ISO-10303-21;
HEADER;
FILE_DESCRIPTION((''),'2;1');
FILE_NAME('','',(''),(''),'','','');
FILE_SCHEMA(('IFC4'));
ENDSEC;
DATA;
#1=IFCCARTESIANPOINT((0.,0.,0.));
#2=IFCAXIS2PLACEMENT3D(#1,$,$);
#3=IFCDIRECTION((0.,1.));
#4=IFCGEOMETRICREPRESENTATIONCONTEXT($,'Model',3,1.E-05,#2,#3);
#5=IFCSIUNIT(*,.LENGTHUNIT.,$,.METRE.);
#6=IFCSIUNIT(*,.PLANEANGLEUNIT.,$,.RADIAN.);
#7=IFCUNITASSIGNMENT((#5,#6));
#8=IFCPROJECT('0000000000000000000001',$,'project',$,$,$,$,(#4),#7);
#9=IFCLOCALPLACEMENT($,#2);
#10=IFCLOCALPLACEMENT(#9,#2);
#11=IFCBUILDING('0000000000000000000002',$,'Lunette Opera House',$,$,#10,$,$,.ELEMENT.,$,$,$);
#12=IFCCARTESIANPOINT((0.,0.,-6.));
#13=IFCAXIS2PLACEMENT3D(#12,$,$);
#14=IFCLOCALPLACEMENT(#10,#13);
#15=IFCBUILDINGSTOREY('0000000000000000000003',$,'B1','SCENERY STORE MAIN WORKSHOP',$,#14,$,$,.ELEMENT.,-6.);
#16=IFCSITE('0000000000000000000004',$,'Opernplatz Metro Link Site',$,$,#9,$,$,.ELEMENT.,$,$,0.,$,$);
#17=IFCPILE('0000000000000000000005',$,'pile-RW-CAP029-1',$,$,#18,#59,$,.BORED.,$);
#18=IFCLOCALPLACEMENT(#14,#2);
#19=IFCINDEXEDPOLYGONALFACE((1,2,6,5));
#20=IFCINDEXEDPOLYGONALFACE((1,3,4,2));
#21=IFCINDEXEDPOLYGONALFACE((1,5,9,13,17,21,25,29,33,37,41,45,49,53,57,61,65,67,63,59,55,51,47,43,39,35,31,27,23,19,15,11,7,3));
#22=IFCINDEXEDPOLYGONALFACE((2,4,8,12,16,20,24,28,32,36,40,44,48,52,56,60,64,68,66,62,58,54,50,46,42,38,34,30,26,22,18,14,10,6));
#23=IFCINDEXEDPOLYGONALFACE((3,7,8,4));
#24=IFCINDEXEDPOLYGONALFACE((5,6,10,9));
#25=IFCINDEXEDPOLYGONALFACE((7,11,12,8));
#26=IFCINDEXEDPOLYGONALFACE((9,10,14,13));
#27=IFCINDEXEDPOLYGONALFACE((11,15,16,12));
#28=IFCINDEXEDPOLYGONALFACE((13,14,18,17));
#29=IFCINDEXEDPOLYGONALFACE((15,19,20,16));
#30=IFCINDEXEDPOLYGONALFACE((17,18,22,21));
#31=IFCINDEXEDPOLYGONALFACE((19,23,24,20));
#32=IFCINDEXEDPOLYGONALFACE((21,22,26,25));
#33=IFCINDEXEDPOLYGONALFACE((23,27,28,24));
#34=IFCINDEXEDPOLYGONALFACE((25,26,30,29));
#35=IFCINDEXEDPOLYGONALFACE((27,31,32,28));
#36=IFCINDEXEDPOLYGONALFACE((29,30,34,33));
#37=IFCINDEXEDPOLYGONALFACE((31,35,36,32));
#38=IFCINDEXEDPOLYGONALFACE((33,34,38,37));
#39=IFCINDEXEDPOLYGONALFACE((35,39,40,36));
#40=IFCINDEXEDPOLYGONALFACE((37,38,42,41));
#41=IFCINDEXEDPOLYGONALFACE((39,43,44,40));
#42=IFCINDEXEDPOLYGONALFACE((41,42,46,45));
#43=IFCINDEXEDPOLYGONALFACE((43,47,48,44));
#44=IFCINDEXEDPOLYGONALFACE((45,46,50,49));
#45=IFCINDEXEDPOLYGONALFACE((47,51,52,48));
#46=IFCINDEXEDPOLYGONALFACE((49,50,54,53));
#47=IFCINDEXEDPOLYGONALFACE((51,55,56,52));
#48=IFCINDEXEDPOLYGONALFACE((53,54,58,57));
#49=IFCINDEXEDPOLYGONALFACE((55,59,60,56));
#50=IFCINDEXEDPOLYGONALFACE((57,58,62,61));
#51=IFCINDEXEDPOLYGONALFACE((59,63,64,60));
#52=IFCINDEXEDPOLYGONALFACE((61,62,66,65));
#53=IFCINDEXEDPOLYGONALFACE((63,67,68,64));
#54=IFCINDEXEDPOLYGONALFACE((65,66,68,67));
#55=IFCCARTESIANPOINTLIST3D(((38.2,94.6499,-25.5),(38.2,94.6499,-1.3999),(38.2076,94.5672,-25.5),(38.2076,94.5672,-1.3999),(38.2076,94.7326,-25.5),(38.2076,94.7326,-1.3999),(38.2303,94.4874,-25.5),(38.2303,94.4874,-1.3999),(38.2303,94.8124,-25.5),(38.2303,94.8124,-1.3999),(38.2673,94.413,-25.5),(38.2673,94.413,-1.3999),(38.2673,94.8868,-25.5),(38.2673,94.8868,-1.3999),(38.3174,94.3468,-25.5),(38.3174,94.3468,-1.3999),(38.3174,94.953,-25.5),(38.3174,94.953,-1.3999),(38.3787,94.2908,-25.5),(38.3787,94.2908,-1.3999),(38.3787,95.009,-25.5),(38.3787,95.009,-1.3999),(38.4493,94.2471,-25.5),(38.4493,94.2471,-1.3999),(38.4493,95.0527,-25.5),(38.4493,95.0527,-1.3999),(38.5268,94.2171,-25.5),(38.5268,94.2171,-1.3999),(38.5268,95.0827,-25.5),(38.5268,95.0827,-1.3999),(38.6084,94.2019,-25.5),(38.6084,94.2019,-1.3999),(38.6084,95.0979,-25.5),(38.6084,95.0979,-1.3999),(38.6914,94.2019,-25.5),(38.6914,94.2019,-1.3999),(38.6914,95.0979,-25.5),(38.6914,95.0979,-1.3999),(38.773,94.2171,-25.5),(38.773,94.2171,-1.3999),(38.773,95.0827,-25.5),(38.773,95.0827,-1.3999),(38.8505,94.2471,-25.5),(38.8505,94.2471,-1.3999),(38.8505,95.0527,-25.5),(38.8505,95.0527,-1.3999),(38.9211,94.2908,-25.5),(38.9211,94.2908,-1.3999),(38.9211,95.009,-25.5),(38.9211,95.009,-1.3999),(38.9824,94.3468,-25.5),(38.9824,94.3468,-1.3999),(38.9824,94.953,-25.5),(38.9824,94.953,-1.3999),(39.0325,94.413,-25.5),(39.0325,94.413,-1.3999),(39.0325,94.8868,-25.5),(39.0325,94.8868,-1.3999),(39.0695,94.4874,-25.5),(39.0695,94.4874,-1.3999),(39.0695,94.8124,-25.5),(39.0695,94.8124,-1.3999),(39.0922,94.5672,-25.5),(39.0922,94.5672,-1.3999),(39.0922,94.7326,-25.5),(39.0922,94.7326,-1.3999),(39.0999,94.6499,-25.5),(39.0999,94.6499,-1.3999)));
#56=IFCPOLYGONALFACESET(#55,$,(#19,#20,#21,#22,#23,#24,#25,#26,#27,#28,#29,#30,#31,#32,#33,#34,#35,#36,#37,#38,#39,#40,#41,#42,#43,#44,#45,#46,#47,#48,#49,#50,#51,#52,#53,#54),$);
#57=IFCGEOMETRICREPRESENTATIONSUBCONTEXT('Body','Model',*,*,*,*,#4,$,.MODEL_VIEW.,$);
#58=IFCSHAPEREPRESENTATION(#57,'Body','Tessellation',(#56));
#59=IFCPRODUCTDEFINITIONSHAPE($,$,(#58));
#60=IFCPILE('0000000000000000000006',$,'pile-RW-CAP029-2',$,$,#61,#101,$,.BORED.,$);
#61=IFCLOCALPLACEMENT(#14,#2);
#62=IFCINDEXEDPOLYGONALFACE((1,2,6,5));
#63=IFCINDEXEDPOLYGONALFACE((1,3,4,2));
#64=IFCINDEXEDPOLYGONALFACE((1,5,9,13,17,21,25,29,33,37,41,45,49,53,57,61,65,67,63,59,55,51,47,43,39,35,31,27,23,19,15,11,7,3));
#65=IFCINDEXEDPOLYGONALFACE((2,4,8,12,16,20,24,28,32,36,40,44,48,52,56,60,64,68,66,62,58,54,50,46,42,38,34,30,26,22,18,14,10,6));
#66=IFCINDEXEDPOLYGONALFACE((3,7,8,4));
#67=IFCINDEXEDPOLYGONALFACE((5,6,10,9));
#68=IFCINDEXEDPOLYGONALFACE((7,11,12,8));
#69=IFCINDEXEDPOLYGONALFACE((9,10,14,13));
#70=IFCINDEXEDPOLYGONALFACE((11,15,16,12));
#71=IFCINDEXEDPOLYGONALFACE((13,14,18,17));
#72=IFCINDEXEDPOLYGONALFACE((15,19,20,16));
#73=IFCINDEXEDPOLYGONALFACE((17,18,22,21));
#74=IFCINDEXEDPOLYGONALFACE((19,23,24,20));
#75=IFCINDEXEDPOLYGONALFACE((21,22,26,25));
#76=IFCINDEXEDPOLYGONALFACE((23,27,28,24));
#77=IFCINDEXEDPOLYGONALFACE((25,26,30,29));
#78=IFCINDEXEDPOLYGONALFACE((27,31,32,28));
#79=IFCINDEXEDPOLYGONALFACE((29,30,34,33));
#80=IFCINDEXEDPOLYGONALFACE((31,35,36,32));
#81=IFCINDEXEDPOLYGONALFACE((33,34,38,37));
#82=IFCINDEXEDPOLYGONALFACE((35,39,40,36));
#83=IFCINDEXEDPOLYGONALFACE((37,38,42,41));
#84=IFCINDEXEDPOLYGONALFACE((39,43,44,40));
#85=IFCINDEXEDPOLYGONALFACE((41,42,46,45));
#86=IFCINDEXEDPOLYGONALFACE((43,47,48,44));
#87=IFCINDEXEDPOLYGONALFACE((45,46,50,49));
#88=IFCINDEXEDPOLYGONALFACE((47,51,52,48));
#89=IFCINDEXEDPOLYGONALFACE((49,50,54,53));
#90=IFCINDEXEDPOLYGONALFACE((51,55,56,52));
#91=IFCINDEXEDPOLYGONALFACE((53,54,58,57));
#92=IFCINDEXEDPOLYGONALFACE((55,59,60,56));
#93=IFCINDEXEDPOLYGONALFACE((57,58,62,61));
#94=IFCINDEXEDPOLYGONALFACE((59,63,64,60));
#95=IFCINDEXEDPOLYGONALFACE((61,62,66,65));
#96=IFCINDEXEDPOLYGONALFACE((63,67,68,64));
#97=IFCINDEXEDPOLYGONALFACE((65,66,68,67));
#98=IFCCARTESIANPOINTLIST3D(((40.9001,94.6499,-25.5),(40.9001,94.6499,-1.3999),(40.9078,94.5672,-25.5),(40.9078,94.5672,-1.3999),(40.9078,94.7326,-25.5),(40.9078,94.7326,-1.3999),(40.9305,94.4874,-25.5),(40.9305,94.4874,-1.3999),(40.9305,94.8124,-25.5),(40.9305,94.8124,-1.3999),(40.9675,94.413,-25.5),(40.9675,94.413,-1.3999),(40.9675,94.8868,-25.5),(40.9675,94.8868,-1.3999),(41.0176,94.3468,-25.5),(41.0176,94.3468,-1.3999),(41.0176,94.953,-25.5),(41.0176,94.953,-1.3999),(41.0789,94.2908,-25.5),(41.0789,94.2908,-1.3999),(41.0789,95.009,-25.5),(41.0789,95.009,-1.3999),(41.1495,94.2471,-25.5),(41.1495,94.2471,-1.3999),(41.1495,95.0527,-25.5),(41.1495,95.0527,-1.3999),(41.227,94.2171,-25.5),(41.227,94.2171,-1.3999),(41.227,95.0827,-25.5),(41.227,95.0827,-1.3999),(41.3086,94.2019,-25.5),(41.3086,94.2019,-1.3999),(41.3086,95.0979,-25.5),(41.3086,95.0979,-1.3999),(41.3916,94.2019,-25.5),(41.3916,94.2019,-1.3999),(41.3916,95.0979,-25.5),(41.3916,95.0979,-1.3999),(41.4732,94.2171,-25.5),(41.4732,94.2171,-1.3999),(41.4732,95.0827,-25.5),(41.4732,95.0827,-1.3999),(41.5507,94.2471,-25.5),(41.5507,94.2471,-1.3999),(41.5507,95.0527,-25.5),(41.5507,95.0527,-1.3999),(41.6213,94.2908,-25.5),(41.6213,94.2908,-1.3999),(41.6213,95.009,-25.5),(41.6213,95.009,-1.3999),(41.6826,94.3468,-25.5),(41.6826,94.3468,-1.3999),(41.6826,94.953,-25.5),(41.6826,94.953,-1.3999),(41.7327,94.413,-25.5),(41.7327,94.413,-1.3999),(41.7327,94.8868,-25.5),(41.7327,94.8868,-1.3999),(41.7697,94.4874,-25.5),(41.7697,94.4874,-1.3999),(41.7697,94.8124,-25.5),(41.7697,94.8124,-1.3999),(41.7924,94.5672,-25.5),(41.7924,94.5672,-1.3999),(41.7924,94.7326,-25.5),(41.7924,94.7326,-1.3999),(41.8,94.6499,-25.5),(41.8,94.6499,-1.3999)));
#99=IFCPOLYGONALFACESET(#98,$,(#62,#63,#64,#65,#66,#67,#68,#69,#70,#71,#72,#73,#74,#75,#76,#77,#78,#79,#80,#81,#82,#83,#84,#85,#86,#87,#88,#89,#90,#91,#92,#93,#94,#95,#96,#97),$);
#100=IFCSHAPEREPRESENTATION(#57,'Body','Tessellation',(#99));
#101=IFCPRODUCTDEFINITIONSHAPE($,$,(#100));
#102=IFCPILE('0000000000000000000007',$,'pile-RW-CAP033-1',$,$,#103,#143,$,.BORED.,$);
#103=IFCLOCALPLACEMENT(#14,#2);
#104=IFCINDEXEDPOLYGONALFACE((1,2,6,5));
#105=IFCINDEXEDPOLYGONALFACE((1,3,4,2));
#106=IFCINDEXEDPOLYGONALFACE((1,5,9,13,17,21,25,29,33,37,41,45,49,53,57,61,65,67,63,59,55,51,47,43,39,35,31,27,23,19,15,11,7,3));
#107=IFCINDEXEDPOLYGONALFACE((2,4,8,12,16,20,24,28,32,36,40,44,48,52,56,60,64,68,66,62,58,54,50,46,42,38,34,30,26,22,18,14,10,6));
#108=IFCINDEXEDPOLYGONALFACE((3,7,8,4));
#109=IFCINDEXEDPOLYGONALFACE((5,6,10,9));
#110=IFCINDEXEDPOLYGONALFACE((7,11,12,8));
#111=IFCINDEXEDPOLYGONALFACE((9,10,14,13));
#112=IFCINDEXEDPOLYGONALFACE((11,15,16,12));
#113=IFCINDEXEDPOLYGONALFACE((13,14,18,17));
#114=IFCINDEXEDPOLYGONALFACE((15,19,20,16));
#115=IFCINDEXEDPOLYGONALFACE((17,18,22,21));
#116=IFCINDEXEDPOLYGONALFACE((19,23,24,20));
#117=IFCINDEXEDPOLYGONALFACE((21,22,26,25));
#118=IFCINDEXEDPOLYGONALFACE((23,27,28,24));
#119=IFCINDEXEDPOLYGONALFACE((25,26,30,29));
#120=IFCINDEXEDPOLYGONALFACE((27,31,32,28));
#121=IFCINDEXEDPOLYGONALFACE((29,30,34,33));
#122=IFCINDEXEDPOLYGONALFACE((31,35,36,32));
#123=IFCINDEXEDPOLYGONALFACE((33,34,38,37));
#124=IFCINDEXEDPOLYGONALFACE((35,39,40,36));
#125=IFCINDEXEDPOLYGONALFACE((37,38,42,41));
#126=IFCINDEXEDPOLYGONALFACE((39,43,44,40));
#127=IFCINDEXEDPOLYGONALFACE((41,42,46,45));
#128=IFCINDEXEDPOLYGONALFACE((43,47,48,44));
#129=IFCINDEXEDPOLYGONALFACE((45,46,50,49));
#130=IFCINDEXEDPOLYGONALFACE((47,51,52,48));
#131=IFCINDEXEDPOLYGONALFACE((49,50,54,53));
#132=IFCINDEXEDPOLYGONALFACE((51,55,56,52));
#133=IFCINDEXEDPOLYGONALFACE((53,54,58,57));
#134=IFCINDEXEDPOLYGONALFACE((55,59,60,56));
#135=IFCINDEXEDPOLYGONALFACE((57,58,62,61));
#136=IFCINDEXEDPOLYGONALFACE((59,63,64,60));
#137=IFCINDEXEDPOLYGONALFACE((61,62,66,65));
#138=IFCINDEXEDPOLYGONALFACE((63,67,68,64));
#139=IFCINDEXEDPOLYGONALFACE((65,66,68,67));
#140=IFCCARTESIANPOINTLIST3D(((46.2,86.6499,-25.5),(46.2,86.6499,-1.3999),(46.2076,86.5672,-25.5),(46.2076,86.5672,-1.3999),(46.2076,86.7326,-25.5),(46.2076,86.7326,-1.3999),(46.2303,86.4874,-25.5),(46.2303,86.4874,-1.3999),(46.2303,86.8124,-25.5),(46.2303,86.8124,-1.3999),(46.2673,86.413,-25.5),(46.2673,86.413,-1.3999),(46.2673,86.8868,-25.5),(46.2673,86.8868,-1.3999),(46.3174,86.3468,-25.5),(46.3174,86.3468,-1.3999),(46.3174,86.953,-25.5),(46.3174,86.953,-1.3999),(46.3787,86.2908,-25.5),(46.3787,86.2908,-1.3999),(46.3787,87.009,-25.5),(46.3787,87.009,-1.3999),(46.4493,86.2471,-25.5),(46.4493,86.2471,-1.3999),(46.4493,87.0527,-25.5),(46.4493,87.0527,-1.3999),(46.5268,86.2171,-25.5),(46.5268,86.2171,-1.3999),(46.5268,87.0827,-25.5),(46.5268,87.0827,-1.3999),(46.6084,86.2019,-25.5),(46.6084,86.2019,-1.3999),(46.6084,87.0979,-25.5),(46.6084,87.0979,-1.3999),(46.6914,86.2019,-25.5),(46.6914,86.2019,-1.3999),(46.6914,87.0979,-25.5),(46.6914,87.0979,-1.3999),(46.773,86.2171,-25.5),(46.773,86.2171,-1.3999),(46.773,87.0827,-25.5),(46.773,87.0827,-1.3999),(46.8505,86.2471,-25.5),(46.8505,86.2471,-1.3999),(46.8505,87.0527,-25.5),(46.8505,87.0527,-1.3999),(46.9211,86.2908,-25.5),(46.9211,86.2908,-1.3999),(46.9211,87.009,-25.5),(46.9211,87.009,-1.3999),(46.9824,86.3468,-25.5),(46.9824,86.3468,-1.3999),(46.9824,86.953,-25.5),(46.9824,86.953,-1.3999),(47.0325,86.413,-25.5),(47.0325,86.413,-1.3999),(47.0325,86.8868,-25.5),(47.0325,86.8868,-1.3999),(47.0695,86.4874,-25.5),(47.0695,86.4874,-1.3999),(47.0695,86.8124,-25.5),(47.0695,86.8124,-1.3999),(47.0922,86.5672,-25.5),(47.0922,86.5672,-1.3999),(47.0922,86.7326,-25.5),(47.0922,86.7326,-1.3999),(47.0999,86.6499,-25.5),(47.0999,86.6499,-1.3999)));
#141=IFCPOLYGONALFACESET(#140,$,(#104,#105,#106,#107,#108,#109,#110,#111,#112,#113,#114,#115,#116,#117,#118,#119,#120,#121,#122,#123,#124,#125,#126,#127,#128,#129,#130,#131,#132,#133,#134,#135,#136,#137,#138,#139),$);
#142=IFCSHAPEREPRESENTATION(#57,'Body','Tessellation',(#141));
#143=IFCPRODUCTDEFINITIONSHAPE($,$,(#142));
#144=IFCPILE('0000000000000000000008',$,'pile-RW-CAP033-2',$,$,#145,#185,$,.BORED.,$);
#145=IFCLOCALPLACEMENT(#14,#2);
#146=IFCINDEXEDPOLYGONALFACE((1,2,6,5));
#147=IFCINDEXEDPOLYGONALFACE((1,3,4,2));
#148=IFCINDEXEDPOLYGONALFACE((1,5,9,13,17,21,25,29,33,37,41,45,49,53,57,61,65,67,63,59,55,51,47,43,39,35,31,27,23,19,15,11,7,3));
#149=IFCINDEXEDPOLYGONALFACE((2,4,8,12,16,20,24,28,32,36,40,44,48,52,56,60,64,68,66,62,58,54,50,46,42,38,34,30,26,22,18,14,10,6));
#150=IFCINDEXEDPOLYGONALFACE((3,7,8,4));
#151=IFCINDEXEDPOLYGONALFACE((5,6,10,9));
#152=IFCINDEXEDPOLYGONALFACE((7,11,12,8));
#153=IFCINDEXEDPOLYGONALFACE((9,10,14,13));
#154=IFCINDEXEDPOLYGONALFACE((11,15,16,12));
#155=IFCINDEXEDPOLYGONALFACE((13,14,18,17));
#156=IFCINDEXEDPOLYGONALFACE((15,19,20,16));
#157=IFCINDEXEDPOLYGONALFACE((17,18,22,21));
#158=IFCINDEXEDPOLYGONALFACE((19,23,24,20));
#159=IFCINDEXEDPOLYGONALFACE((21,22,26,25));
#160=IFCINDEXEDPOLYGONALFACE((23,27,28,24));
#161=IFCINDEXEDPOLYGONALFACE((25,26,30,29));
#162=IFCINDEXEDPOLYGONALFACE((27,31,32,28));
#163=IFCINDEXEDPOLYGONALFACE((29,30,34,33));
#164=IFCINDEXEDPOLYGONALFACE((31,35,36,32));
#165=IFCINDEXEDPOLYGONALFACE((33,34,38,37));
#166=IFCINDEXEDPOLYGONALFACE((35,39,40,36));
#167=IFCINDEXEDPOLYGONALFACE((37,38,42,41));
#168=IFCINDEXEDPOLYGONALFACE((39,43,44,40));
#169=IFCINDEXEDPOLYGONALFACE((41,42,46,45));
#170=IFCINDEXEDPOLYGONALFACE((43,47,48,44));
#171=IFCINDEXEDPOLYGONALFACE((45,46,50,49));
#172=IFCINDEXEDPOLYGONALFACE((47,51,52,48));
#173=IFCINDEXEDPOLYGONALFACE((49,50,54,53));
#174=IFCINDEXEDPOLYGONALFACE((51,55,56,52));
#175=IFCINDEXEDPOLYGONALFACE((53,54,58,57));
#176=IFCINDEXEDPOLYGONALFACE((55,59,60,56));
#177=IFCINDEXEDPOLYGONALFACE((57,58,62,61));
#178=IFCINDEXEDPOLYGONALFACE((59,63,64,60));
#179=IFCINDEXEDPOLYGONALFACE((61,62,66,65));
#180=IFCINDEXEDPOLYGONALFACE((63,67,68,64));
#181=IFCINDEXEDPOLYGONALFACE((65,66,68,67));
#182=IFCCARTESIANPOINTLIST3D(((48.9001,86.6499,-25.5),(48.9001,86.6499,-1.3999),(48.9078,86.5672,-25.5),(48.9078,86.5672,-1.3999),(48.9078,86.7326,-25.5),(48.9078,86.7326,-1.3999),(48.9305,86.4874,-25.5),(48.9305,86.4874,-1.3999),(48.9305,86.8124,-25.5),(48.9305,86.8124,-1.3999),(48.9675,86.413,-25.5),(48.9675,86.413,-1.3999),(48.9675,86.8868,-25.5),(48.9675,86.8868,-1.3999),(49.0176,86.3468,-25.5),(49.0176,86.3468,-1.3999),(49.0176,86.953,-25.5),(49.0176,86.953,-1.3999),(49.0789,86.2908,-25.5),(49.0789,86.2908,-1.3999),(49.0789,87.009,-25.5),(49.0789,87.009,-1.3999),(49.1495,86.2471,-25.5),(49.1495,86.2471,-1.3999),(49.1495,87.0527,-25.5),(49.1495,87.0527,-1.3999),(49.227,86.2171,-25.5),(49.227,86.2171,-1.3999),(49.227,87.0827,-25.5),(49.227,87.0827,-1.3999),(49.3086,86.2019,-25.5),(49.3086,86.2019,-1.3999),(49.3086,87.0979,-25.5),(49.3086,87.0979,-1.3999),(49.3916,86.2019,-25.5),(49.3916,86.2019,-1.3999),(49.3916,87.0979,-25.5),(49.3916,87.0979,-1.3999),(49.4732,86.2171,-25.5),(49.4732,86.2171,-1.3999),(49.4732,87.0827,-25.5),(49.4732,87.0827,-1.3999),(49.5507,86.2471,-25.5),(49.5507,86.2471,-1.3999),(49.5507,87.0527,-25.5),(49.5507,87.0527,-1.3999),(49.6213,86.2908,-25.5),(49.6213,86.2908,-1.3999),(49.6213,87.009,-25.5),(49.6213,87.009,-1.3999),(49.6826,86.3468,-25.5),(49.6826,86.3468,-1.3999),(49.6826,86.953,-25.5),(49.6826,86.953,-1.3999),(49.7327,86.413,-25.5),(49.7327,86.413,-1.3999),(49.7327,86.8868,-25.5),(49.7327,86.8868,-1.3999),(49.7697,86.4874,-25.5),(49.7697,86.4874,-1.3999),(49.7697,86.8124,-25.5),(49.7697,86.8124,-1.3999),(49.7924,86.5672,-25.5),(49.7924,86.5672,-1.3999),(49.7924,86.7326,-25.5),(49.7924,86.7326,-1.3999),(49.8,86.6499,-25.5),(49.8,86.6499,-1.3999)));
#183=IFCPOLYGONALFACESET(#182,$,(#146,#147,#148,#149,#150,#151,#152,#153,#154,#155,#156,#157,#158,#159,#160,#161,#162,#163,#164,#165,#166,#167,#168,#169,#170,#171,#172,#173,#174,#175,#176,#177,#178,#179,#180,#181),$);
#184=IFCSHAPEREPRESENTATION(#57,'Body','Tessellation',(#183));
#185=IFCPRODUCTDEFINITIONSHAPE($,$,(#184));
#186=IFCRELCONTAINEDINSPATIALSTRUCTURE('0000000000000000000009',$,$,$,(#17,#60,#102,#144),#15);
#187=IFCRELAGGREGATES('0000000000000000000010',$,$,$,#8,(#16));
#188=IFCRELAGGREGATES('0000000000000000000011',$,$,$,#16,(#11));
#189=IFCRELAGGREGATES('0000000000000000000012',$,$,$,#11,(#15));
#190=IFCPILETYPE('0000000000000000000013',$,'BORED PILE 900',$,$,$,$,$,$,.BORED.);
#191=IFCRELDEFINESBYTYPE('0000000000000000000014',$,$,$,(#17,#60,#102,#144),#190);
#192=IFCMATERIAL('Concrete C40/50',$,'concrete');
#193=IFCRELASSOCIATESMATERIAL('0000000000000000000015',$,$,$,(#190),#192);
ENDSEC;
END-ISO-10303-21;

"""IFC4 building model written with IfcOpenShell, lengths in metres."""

from ifc_helpers import new_model, si_unit, direction, frame, origin, origin_2d, place, context, subcontext, project, spatial, circle, extrude, material, material_profile, profile_set, type_object, element, save


model = new_model("IFC4")

# Units and contexts
model_context = context("Model", 3, precision=1e-05, world=origin(), true_north=direction((0.0, 1.0)))
body_context = subcontext(model_context, "Body", "Model", "MODEL_VIEW")
ifc_project = project(units=[si_unit("LENGTHUNIT", "METRE"), si_unit("PLANEANGLEUNIT", "RADIAN")], contexts=[model_context])

# Site, building, storey
site_placement = place(None, origin())
site = spatial("IfcSite", under=ifc_project, at=site_placement, Name="Opernplatz Metro Link Site", CompositionType="ELEMENT", RefElevation=0.0)
building_placement = place(site_placement, origin())
building = spatial("IfcBuilding", under=site, at=building_placement, Name="Lunette Opera House", CompositionType="ELEMENT")
storey_placement = place(building_placement, frame((0.0, 0.0, -6.0)))
storey = spatial("IfcBuildingStorey", under=building, at=storey_placement, Name="B1", Description="SCENERY STORE MAIN WORKSHOP", CompositionType="ELEMENT", Elevation=-6.0)

# Piles
ifc_material_1 = material(Name="Concrete C40/50", Category="concrete")
ifc_material_profile_1 = material_profile(ifc_material_1, circle(Radius=0.45, at=origin_2d()), Name="BORED PILE 900")
ifc_profile_set_1 = profile_set([ifc_material_profile_1], Name="Concrete C40/50")
pile_type = type_object("IfcPileType", Name="BORED PILE 900", PredefinedType="BORED", material=ifc_profile_set_1)
for number, where, z_axis, x_axis, name in (
    (1, (38.6499, 94.6499, -1.3999), (0.0, 0.0, -1.0), (1.0, 0.0, 0.0), "pile-RW-CAP029-1"),
    (2, (41.3501, 94.6499, -1.3999), (0.0, 0.0, -1.0), (1.0, 0.0, 0.0), "pile-RW-CAP029-2"),
    (3, (46.6499, 86.6499, -1.3999), (0.0, 0.0, -1.0), (1.0, 0.0, 0.0), "pile-RW-CAP033-1"),
    (4, (49.3501, 86.6499, -1.3999), (0.0, 0.0, -1.0), (1.0, 0.0, 0.0), "pile-RW-CAP033-2"),
):
    element("IfcPile", number, at=place(storey_placement, frame(where, z_axis=z_axis, x_axis=x_axis)), inside=storey, type_object=pile_type, Name=name, PredefinedType="BORED", context=body_context, shape_type="SweptSolid", body=[
        extrude(circle(Radius=0.45, at=origin_2d()), origin(), (0.0, 0.0, 1.0), 24.1001),
    ])

save(model, "model.ifc")
